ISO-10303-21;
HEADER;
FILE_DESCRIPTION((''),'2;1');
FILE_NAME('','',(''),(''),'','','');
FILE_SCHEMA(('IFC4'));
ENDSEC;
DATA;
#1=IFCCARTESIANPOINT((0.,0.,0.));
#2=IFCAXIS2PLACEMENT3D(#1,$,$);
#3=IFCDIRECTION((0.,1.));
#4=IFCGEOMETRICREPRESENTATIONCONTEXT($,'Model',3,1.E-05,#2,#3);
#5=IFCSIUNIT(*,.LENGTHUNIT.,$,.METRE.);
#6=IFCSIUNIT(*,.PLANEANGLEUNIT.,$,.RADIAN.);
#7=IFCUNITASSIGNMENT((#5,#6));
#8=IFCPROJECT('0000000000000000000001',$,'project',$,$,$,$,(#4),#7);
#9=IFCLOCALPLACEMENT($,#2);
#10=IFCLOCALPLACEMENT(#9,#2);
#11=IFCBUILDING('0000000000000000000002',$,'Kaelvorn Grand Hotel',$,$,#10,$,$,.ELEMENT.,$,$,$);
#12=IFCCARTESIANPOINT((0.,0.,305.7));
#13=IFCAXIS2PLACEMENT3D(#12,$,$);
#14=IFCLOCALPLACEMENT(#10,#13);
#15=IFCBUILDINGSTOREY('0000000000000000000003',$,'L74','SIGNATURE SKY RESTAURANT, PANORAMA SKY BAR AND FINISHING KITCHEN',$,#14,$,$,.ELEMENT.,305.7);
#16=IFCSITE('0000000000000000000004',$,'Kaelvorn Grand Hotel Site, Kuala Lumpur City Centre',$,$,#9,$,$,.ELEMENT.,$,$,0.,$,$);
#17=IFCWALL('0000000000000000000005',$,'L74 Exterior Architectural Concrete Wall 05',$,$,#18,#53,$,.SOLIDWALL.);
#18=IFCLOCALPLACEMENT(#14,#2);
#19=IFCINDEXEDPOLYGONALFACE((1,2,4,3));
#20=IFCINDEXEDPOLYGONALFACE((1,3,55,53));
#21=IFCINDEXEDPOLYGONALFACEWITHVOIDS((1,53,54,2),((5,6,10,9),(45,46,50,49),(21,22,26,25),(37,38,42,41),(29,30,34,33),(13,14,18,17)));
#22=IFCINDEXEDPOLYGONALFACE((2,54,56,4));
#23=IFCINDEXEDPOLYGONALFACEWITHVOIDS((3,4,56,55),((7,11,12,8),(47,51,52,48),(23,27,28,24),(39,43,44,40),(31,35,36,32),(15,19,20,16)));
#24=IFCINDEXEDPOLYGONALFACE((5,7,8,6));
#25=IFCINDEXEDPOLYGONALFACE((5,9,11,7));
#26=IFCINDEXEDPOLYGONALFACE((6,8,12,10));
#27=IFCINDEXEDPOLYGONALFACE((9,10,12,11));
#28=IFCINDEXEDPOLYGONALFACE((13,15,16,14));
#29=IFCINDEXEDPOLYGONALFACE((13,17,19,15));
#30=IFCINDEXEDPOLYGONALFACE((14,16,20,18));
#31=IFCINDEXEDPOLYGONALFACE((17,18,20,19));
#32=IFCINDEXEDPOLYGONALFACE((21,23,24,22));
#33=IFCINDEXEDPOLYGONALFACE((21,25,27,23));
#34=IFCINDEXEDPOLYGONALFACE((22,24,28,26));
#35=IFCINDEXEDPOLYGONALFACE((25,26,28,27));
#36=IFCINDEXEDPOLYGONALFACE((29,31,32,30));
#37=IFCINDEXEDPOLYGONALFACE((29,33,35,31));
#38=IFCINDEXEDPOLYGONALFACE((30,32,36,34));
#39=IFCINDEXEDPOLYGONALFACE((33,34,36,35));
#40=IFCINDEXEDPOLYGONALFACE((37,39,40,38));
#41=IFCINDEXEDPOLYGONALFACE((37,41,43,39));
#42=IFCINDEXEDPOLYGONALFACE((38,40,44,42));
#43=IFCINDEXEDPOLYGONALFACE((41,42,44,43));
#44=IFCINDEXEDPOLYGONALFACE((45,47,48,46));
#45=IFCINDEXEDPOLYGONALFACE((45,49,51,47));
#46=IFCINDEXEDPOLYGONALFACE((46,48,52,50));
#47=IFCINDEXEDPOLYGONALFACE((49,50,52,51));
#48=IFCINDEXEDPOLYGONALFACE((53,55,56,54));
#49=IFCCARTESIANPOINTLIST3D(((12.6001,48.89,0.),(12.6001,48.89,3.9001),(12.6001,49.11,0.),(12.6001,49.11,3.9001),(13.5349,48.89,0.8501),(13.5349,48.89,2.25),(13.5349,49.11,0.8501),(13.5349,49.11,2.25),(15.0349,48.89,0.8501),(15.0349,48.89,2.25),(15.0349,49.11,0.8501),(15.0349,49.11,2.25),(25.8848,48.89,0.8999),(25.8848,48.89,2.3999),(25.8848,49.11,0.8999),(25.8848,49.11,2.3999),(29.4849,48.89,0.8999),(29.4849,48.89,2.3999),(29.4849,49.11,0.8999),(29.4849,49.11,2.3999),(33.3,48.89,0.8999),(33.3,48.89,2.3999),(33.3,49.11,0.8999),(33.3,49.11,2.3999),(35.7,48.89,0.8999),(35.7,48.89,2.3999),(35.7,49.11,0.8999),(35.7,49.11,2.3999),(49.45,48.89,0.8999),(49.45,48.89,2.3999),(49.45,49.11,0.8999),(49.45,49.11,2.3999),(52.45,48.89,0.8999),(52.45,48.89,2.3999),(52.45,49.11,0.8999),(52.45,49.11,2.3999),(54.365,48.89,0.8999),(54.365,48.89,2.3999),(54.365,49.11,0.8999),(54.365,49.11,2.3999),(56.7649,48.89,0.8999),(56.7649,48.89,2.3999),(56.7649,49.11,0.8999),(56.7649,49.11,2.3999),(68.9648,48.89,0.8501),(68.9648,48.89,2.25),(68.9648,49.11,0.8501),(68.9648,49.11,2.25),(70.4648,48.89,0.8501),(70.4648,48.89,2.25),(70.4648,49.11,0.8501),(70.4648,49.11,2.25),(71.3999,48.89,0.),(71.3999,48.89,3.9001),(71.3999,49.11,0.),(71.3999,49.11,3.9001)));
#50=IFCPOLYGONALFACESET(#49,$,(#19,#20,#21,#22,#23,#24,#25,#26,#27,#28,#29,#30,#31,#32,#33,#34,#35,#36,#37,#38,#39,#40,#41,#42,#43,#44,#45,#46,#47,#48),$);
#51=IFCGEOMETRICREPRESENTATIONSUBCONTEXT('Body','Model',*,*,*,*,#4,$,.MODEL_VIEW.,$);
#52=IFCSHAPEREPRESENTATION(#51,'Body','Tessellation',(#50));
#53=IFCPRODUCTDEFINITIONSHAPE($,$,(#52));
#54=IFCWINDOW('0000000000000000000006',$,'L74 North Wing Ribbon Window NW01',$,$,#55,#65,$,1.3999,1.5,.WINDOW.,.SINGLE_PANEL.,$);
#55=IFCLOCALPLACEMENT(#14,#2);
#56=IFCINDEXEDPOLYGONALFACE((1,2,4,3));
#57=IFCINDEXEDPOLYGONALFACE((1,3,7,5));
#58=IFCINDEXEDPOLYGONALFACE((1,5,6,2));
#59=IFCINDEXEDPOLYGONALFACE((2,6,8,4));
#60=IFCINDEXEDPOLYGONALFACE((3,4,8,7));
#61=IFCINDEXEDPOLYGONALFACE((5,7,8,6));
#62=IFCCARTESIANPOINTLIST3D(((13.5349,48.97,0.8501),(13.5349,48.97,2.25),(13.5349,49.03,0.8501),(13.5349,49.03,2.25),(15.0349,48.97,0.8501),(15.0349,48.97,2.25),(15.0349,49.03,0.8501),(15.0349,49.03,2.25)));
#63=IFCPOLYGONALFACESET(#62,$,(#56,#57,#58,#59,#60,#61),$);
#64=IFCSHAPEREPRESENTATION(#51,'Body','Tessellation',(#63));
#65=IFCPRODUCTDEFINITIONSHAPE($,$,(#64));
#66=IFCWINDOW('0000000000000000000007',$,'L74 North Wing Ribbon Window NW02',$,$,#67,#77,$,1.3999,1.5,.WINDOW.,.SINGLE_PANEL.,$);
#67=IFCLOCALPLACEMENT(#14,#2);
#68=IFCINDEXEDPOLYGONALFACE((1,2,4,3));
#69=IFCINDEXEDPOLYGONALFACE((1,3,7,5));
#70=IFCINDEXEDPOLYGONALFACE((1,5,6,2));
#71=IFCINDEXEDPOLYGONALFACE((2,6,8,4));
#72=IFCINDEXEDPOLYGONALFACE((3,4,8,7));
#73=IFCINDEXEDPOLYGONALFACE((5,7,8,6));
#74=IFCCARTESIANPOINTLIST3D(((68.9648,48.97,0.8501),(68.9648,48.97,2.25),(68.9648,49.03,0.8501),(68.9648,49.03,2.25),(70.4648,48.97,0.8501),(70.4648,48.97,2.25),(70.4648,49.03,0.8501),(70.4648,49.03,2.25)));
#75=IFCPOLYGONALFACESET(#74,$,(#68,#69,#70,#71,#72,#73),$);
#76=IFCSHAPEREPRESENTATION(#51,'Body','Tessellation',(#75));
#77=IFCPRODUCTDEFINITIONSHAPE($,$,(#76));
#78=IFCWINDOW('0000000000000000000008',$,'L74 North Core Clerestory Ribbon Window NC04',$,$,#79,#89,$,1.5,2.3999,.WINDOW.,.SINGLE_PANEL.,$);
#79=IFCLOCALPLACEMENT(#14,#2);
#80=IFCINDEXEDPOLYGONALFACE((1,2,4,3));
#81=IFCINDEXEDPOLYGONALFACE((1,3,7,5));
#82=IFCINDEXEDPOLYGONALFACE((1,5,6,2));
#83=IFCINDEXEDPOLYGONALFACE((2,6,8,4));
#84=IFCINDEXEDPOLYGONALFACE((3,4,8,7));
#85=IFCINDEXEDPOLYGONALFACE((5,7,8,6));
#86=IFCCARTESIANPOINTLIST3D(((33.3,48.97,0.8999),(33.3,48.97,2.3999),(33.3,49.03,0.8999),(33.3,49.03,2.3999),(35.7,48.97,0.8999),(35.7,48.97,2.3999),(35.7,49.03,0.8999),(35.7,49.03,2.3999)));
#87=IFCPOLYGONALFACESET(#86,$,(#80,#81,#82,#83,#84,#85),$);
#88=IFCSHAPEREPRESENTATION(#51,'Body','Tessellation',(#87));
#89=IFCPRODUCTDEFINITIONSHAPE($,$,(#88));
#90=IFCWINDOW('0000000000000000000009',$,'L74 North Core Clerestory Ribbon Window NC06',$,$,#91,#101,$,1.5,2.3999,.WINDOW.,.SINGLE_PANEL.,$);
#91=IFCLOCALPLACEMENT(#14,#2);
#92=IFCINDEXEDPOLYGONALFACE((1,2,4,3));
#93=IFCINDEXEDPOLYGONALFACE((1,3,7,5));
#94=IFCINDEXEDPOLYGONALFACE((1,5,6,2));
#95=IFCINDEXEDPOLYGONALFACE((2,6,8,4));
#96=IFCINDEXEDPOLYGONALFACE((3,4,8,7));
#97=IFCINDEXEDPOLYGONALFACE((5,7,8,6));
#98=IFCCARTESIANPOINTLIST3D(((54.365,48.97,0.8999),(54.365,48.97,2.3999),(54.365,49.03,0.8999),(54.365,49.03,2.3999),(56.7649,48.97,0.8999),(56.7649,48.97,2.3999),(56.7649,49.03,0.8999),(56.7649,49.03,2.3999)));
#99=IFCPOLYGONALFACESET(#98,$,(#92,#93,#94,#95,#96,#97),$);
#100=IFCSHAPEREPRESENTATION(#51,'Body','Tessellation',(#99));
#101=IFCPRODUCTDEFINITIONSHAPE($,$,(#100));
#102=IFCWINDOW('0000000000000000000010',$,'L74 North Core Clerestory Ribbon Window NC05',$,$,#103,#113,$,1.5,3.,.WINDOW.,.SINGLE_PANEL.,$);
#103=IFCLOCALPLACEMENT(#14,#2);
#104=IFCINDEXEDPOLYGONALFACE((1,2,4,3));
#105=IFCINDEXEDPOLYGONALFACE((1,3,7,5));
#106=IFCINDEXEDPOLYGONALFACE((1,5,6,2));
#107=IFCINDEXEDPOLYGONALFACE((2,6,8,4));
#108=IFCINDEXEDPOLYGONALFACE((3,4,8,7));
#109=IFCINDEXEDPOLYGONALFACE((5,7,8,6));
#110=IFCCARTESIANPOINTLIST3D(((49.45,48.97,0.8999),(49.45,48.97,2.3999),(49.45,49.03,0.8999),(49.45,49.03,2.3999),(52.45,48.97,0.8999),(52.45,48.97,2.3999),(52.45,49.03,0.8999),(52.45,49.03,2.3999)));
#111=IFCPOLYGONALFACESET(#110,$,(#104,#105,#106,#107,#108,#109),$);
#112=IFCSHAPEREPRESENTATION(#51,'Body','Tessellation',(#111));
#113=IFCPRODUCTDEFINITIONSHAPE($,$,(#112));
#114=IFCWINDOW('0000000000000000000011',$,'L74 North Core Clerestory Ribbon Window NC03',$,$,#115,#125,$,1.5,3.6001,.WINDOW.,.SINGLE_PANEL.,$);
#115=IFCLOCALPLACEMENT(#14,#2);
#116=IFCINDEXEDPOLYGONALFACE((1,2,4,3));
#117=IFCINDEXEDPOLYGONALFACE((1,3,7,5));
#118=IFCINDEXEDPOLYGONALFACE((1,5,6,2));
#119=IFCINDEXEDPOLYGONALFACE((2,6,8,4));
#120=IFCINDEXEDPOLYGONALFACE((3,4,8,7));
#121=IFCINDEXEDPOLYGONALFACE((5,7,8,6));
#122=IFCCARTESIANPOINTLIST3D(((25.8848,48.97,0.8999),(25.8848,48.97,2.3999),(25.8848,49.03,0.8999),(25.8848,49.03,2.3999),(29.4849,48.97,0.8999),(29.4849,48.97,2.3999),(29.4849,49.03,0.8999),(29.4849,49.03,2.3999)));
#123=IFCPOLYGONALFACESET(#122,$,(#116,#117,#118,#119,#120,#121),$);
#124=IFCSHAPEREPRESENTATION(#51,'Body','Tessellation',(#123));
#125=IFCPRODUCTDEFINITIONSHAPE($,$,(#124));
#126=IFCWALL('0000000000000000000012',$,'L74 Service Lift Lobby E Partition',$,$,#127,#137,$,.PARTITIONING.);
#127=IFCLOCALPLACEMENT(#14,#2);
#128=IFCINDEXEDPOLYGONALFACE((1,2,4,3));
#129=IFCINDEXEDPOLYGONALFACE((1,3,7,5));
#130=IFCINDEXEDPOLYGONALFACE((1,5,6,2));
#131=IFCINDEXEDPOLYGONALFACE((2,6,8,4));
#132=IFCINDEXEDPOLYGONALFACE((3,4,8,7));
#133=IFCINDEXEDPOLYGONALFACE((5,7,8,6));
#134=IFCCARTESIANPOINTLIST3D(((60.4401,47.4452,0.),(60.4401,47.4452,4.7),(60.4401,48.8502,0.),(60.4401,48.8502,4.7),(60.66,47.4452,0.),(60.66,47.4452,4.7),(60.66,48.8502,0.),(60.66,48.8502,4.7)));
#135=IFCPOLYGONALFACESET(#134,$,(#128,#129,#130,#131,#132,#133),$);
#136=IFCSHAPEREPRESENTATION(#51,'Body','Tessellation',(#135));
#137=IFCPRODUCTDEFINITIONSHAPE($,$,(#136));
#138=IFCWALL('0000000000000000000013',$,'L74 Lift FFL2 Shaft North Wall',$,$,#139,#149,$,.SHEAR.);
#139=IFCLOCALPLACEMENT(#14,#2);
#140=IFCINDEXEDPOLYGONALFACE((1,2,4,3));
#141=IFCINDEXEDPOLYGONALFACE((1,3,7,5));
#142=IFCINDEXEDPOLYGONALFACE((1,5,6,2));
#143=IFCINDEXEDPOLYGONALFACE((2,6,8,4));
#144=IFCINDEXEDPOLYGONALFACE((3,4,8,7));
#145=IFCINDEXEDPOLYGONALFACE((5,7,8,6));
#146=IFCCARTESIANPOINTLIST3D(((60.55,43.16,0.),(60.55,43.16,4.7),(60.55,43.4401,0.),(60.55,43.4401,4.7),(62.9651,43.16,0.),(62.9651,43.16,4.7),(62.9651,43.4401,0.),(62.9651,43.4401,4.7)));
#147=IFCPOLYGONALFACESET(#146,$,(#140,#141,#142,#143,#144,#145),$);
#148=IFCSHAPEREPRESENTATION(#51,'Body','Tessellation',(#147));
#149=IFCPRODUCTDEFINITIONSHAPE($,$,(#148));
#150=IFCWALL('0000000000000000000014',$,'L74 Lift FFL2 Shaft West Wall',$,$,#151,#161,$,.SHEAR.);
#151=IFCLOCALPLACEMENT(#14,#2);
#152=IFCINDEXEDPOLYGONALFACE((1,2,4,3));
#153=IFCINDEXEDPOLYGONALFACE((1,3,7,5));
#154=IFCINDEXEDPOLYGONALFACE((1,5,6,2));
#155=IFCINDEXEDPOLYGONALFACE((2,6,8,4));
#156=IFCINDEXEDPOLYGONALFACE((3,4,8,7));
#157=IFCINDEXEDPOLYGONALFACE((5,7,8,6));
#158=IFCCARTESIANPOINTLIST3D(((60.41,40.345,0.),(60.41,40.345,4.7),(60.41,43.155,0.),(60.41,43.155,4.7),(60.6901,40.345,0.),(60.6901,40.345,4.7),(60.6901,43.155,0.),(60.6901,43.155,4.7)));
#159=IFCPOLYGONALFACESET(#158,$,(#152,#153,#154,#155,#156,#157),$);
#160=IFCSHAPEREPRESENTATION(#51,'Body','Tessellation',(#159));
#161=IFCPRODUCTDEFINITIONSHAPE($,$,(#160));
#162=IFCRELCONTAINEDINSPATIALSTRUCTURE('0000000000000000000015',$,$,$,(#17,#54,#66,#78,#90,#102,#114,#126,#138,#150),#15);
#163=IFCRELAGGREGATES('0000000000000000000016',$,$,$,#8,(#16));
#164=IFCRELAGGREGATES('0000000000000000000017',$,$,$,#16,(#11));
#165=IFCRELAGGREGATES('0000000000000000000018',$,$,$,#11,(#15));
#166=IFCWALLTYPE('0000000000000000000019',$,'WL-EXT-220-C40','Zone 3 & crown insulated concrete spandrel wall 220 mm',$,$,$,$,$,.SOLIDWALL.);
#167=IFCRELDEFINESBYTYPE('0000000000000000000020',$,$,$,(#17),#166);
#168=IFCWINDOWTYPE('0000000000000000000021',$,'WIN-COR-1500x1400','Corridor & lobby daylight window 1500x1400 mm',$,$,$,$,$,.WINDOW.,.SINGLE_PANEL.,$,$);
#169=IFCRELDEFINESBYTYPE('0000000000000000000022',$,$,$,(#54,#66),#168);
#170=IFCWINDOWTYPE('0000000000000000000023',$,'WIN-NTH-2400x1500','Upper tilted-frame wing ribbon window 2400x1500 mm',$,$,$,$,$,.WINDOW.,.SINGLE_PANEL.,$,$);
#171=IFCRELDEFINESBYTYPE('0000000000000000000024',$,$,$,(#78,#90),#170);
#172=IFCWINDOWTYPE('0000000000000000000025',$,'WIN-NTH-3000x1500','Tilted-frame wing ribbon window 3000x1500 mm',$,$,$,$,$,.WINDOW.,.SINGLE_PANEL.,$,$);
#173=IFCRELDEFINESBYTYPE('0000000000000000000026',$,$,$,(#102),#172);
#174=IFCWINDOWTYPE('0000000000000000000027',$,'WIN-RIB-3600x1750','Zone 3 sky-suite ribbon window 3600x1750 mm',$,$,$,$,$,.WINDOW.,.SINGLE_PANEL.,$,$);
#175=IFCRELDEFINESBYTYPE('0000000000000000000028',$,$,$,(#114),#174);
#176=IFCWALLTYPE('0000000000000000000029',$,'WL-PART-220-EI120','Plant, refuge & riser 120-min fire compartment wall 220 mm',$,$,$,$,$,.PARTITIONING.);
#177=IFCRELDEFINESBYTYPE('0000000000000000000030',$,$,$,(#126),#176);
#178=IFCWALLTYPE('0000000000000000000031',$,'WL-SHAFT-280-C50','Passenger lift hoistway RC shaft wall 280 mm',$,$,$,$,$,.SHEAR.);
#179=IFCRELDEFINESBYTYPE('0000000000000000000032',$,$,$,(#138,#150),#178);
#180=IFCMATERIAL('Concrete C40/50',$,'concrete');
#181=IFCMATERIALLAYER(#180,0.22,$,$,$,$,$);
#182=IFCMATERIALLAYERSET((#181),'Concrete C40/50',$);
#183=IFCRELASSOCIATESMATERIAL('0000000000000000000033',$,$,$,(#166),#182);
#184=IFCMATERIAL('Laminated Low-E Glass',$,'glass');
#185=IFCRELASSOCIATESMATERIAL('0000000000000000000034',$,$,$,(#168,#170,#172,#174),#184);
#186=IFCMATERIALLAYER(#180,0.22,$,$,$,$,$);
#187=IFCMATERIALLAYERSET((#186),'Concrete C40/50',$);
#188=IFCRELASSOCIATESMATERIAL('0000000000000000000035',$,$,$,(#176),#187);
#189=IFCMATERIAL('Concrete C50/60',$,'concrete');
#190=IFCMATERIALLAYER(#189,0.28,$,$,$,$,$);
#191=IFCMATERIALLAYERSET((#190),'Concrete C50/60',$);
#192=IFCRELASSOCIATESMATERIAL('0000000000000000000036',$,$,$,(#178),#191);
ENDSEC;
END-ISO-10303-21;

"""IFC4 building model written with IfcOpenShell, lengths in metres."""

from ifc_helpers import new_model, si_unit, direction, frame, frame_2d, origin, place, context, subcontext, project, spatial, rectangle, extrude, material, layer, layer_set, type_object, element, fill, save


model = new_model("IFC4")

# Units and contexts
model_context = context("Model", 3, precision=1e-05, world=origin(), true_north=direction((0.0, 1.0)))
body_context = subcontext(model_context, "Body", "Model", "MODEL_VIEW")
ifc_project = project(units=[si_unit("LENGTHUNIT", "METRE"), si_unit("PLANEANGLEUNIT", "RADIAN")], contexts=[model_context])

# Site, building, storey
site_placement = place(None, origin())
site = spatial("IfcSite", under=ifc_project, at=site_placement, Name="Kaelvorn Grand Hotel Site, Kuala Lumpur City Centre", CompositionType="ELEMENT", RefElevation=0.0)
building_placement = place(site_placement, origin())
building = spatial("IfcBuilding", under=site, at=building_placement, Name="Kaelvorn Grand Hotel", CompositionType="ELEMENT")
storey_placement = place(building_placement, frame((0.0, 0.0, 305.7)))
storey = spatial("IfcBuildingStorey", under=building, at=storey_placement, Name="L74", Description="SIGNATURE SKY RESTAURANT, PANORAMA SKY BAR AND FINISHING KITCHEN", CompositionType="ELEMENT", Elevation=305.7)

# Shared definitions
ifc_material_1 = material(Name="Concrete C50/60", Category="concrete")

# Wall, openings, windows
ifc_material_2 = material(Name="Concrete C40/50", Category="concrete")
ifc_layer_1 = layer(ifc_material_2, 0.22)
ifc_layer_set_1 = layer_set([ifc_layer_1], Name="Concrete C40/50")
wall_type_1 = type_object("IfcWallType", Name="WL-EXT-220-C40", Description="Zone 3 & crown insulated concrete spandrel wall 220 mm", PredefinedType="SOLIDWALL", material=ifc_layer_set_1)
wall_1_placement = place(storey_placement, frame((71.3999, 49.0, 0.0), z_axis=(0.0, 0.0, 1.0), x_axis=(-1.0, 0.0, 0.0)))
wall_1 = element("IfcWall", 1, at=wall_1_placement, inside=storey, type_object=wall_type_1, Name="L74 Exterior Architectural Concrete Wall 05", PredefinedType="SOLIDWALL", context=body_context, shape_type="SweptSolid", body=[
    extrude(rectangle(XDim=58.7998, YDim=0.22, at=frame_2d((29.3999, 0.0))), origin(), (0.0, 0.0, 1.0), 3.9001),
])
opening_1_placement = place(wall_1_placement, frame((56.365, 0.0, 0.8501)))
opening_1 = element("IfcOpeningElement", 2, at=opening_1_placement, cuts=wall_1, PredefinedType="OPENING", context=body_context, shape_type="SweptSolid", body=[
    extrude(rectangle(XDim=1.5, YDim=1.3999, at=frame_2d((0.75, 0.7))), frame((0.0, 0.1201, 0.0), z_axis=(0.0, -1.0, 0.0), x_axis=(1.0, 0.0, 0.0)), (0.0, 0.0, 1.0), 0.24),
])
opening_2_placement = place(wall_1_placement, frame((0.9351, 0.0, 0.8501)))
opening_2 = element("IfcOpeningElement", 3, at=opening_2_placement, cuts=wall_1, PredefinedType="OPENING", context=body_context, shape_type="SweptSolid", body=[
    extrude(rectangle(XDim=1.5, YDim=1.3999, at=frame_2d((0.75, 0.7))), frame((0.0, 0.1201, 0.0), z_axis=(0.0, -1.0, 0.0), x_axis=(1.0, 0.0, 0.0)), (0.0, 0.0, 1.0), 0.24),
])
opening_3_placement = place(wall_1_placement, frame((41.915, 0.0, 0.8999)))
opening_3 = element("IfcOpeningElement", 4, at=opening_3_placement, cuts=wall_1, PredefinedType="OPENING", context=body_context, shape_type="SweptSolid", body=[
    extrude(rectangle(XDim=3.6001, YDim=1.5, at=frame_2d((1.8, 0.75))), frame((0.0, 0.1201, 0.0), z_axis=(0.0, -1.0, 0.0), x_axis=(1.0, 0.0, 0.0)), (0.0, 0.0, 1.0), 0.24),
])
opening_4_placement = place(wall_1_placement, frame((35.7, 0.0, 0.8999)))
opening_4 = element("IfcOpeningElement", 5, at=opening_4_placement, cuts=wall_1, PredefinedType="OPENING", context=body_context, shape_type="SweptSolid", body=[
    extrude(rectangle(XDim=2.3999, YDim=1.5, at=frame_2d((1.2, 0.75))), frame((0.0, 0.1201, 0.0), z_axis=(0.0, -1.0, 0.0), x_axis=(1.0, 0.0, 0.0)), (0.0, 0.0, 1.0), 0.24),
])
opening_5_placement = place(wall_1_placement, frame((18.95, 0.0, 0.8999)))
opening_5 = element("IfcOpeningElement", 6, at=opening_5_placement, cuts=wall_1, PredefinedType="OPENING", context=body_context, shape_type="SweptSolid", body=[
    extrude(rectangle(XDim=3.0, YDim=1.5, at=frame_2d((1.5, 0.75))), frame((0.0, 0.1201, 0.0), z_axis=(0.0, -1.0, 0.0), x_axis=(1.0, 0.0, 0.0)), (0.0, 0.0, 1.0), 0.24),
])
opening_6_placement = place(wall_1_placement, frame((14.635, 0.0, 0.8999)))
opening_6 = element("IfcOpeningElement", 7, at=opening_6_placement, cuts=wall_1, PredefinedType="OPENING", context=body_context, shape_type="SweptSolid", body=[
    extrude(rectangle(XDim=2.3999, YDim=1.5, at=frame_2d((1.2, 0.75))), frame((0.0, 0.1201, 0.0), z_axis=(0.0, -1.0, 0.0), x_axis=(1.0, 0.0, 0.0)), (0.0, 0.0, 1.0), 0.24),
])
ifc_material_3 = material(Name="Laminated Low-E Glass", Category="glass")
window_type_1 = type_object("IfcWindowType", Name="WIN-COR-1500x1400", Description="Corridor & lobby daylight window 1500x1400 mm", PartitioningType="SINGLE_PANEL", PredefinedType="WINDOW", material=ifc_material_3)
window_1_placement = place(opening_1_placement, origin())
window_1 = element("IfcWindow", 8, at=window_1_placement, inside=storey, type_object=window_type_1, Name="L74 North Wing Ribbon Window NW01", OverallHeight=1.3999, OverallWidth=1.5, PartitioningType="SINGLE_PANEL", PredefinedType="WINDOW", context=body_context, shape_type="SweptSolid", body=[
    extrude(rectangle(XDim=1.5, YDim=1.3999, at=frame_2d((0.75, 0.7))), frame((0.0, 0.03, 0.0), z_axis=(0.0, -1.0, 0.0), x_axis=(1.0, 0.0, 0.0)), (0.0, 0.0, 1.0), 0.0601),
])
fill(opening_1, window_1)
window_2_placement = place(opening_2_placement, origin())
window_2 = element("IfcWindow", 9, at=window_2_placement, inside=storey, type_object=window_type_1, Name="L74 North Wing Ribbon Window NW02", OverallHeight=1.3999, OverallWidth=1.5, PartitioningType="SINGLE_PANEL", PredefinedType="WINDOW", context=body_context, shape_type="SweptSolid", body=[
    extrude(rectangle(XDim=1.5, YDim=1.3999, at=frame_2d((0.75, 0.7))), frame((0.0, 0.03, 0.0), z_axis=(0.0, -1.0, 0.0), x_axis=(1.0, 0.0, 0.0)), (0.0, 0.0, 1.0), 0.0601),
])
fill(opening_2, window_2)
window_type_2 = type_object("IfcWindowType", Name="WIN-NTH-2400x1500", Description="Upper tilted-frame wing ribbon window 2400x1500 mm", PartitioningType="SINGLE_PANEL", PredefinedType="WINDOW", material=ifc_material_3)
window_3_placement = place(opening_4_placement, origin())
window_3 = element("IfcWindow", 10, at=window_3_placement, inside=storey, type_object=window_type_2, Name="L74 North Core Clerestory Ribbon Window NC04", OverallHeight=1.5, OverallWidth=2.3999, PartitioningType="SINGLE_PANEL", PredefinedType="WINDOW", context=body_context, shape_type="SweptSolid", body=[
    extrude(rectangle(XDim=2.3999, YDim=1.5, at=frame_2d((1.2, 0.75))), frame((0.0, 0.03, 0.0), z_axis=(0.0, -1.0, 0.0), x_axis=(1.0, 0.0, 0.0)), (0.0, 0.0, 1.0), 0.0601),
])
fill(opening_4, window_3)
window_4_placement = place(opening_6_placement, origin())
window_4 = element("IfcWindow", 11, at=window_4_placement, inside=storey, type_object=window_type_2, Name="L74 North Core Clerestory Ribbon Window NC06", OverallHeight=1.5, OverallWidth=2.3999, PartitioningType="SINGLE_PANEL", PredefinedType="WINDOW", context=body_context, shape_type="SweptSolid", body=[
    extrude(rectangle(XDim=2.3999, YDim=1.5, at=frame_2d((1.2, 0.75))), frame((0.0, 0.03, 0.0), z_axis=(0.0, -1.0, 0.0), x_axis=(1.0, 0.0, 0.0)), (0.0, 0.0, 1.0), 0.0601),
])
fill(opening_6, window_4)
window_type_3 = type_object("IfcWindowType", Name="WIN-NTH-3000x1500", Description="Tilted-frame wing ribbon window 3000x1500 mm", PartitioningType="SINGLE_PANEL", PredefinedType="WINDOW", material=ifc_material_3)
window_5_placement = place(opening_5_placement, origin())
window_5 = element("IfcWindow", 12, at=window_5_placement, inside=storey, type_object=window_type_3, Name="L74 North Core Clerestory Ribbon Window NC05", OverallHeight=1.5, OverallWidth=3.0, PartitioningType="SINGLE_PANEL", PredefinedType="WINDOW", context=body_context, shape_type="SweptSolid", body=[
    extrude(rectangle(XDim=3.0, YDim=1.5, at=frame_2d((1.5, 0.75))), frame((0.0, 0.03, 0.0), z_axis=(0.0, -1.0, 0.0), x_axis=(1.0, 0.0, 0.0)), (0.0, 0.0, 1.0), 0.0601),
])
fill(opening_5, window_5)
window_type_4 = type_object("IfcWindowType", Name="WIN-RIB-3600x1750", Description="Zone 3 sky-suite ribbon window 3600x1750 mm", PartitioningType="SINGLE_PANEL", PredefinedType="WINDOW", material=ifc_material_3)
window_6_placement = place(opening_3_placement, origin())
window_6 = element("IfcWindow", 13, at=window_6_placement, inside=storey, type_object=window_type_4, Name="L74 North Core Clerestory Ribbon Window NC03", OverallHeight=1.5, OverallWidth=3.6001, PartitioningType="SINGLE_PANEL", PredefinedType="WINDOW", context=body_context, shape_type="SweptSolid", body=[
    extrude(rectangle(XDim=3.6001, YDim=1.5, at=frame_2d((1.8, 0.75))), frame((0.0, 0.03, 0.0), z_axis=(0.0, -1.0, 0.0), x_axis=(1.0, 0.0, 0.0)), (0.0, 0.0, 1.0), 0.0601),
])
fill(opening_3, window_6)

# Walls
ifc_layer_2 = layer(ifc_material_2, 0.22)
ifc_layer_set_2 = layer_set([ifc_layer_2], Name="Concrete C40/50")
wall_type_2 = type_object("IfcWallType", Name="WL-PART-220-EI120", Description="Plant, refuge & riser 120-min fire compartment wall 220 mm", PredefinedType="PARTITIONING", material=ifc_layer_set_2)
wall_2_placement = place(storey_placement, frame((60.55, 47.4451, 0.0), z_axis=(0.0, 0.0, 1.0), x_axis=(0.0, 1.0, 0.0)))
element("IfcWall", 14, at=wall_2_placement, inside=storey, type_object=wall_type_2, Name="L74 Service Lift Lobby E Partition", PredefinedType="PARTITIONING", context=body_context, shape_type="SweptSolid", body=[
    extrude(rectangle(XDim=1.405, YDim=0.22, at=frame_2d((0.7026, 0.0))), origin(), (0.0, 0.0, 1.0), 4.7),
])
ifc_layer_3 = layer(ifc_material_1, 0.28)
ifc_layer_set_3 = layer_set([ifc_layer_3], Name="Concrete C50/60")
wall_type_3 = type_object("IfcWallType", Name="WL-SHAFT-280-C50", Description="Passenger lift hoistway RC shaft wall 280 mm", PredefinedType="SHEAR", material=ifc_layer_set_3)
wall_3_placement = place(storey_placement, frame((60.55, 43.3, 0.0), z_axis=(0.0, 0.0, 1.0), x_axis=(1.0, 0.0, 0.0)))
element("IfcWall", 15, at=wall_3_placement, inside=storey, type_object=wall_type_3, Name="L74 Lift FFL2 Shaft North Wall", PredefinedType="SHEAR", context=body_context, shape_type="SweptSolid", body=[
    extrude(rectangle(XDim=2.415, YDim=0.28, at=frame_2d((1.2075, 0.0))), origin(), (0.0, 0.0, 1.0), 4.7),
])
wall_4_placement = place(storey_placement, frame((60.55, 40.345, 0.0), z_axis=(0.0, 0.0, 1.0), x_axis=(0.0, 1.0, 0.0)))
element("IfcWall", 16, at=wall_4_placement, inside=storey, type_object=wall_type_3, Name="L74 Lift FFL2 Shaft West Wall", PredefinedType="SHEAR", context=body_context, shape_type="SweptSolid", body=[
    extrude(rectangle(XDim=2.8101, YDim=0.28, at=frame_2d((1.405, 0.0))), origin(), (0.0, 0.0, 1.0), 4.7),
])

save(model, "model.ifc")
